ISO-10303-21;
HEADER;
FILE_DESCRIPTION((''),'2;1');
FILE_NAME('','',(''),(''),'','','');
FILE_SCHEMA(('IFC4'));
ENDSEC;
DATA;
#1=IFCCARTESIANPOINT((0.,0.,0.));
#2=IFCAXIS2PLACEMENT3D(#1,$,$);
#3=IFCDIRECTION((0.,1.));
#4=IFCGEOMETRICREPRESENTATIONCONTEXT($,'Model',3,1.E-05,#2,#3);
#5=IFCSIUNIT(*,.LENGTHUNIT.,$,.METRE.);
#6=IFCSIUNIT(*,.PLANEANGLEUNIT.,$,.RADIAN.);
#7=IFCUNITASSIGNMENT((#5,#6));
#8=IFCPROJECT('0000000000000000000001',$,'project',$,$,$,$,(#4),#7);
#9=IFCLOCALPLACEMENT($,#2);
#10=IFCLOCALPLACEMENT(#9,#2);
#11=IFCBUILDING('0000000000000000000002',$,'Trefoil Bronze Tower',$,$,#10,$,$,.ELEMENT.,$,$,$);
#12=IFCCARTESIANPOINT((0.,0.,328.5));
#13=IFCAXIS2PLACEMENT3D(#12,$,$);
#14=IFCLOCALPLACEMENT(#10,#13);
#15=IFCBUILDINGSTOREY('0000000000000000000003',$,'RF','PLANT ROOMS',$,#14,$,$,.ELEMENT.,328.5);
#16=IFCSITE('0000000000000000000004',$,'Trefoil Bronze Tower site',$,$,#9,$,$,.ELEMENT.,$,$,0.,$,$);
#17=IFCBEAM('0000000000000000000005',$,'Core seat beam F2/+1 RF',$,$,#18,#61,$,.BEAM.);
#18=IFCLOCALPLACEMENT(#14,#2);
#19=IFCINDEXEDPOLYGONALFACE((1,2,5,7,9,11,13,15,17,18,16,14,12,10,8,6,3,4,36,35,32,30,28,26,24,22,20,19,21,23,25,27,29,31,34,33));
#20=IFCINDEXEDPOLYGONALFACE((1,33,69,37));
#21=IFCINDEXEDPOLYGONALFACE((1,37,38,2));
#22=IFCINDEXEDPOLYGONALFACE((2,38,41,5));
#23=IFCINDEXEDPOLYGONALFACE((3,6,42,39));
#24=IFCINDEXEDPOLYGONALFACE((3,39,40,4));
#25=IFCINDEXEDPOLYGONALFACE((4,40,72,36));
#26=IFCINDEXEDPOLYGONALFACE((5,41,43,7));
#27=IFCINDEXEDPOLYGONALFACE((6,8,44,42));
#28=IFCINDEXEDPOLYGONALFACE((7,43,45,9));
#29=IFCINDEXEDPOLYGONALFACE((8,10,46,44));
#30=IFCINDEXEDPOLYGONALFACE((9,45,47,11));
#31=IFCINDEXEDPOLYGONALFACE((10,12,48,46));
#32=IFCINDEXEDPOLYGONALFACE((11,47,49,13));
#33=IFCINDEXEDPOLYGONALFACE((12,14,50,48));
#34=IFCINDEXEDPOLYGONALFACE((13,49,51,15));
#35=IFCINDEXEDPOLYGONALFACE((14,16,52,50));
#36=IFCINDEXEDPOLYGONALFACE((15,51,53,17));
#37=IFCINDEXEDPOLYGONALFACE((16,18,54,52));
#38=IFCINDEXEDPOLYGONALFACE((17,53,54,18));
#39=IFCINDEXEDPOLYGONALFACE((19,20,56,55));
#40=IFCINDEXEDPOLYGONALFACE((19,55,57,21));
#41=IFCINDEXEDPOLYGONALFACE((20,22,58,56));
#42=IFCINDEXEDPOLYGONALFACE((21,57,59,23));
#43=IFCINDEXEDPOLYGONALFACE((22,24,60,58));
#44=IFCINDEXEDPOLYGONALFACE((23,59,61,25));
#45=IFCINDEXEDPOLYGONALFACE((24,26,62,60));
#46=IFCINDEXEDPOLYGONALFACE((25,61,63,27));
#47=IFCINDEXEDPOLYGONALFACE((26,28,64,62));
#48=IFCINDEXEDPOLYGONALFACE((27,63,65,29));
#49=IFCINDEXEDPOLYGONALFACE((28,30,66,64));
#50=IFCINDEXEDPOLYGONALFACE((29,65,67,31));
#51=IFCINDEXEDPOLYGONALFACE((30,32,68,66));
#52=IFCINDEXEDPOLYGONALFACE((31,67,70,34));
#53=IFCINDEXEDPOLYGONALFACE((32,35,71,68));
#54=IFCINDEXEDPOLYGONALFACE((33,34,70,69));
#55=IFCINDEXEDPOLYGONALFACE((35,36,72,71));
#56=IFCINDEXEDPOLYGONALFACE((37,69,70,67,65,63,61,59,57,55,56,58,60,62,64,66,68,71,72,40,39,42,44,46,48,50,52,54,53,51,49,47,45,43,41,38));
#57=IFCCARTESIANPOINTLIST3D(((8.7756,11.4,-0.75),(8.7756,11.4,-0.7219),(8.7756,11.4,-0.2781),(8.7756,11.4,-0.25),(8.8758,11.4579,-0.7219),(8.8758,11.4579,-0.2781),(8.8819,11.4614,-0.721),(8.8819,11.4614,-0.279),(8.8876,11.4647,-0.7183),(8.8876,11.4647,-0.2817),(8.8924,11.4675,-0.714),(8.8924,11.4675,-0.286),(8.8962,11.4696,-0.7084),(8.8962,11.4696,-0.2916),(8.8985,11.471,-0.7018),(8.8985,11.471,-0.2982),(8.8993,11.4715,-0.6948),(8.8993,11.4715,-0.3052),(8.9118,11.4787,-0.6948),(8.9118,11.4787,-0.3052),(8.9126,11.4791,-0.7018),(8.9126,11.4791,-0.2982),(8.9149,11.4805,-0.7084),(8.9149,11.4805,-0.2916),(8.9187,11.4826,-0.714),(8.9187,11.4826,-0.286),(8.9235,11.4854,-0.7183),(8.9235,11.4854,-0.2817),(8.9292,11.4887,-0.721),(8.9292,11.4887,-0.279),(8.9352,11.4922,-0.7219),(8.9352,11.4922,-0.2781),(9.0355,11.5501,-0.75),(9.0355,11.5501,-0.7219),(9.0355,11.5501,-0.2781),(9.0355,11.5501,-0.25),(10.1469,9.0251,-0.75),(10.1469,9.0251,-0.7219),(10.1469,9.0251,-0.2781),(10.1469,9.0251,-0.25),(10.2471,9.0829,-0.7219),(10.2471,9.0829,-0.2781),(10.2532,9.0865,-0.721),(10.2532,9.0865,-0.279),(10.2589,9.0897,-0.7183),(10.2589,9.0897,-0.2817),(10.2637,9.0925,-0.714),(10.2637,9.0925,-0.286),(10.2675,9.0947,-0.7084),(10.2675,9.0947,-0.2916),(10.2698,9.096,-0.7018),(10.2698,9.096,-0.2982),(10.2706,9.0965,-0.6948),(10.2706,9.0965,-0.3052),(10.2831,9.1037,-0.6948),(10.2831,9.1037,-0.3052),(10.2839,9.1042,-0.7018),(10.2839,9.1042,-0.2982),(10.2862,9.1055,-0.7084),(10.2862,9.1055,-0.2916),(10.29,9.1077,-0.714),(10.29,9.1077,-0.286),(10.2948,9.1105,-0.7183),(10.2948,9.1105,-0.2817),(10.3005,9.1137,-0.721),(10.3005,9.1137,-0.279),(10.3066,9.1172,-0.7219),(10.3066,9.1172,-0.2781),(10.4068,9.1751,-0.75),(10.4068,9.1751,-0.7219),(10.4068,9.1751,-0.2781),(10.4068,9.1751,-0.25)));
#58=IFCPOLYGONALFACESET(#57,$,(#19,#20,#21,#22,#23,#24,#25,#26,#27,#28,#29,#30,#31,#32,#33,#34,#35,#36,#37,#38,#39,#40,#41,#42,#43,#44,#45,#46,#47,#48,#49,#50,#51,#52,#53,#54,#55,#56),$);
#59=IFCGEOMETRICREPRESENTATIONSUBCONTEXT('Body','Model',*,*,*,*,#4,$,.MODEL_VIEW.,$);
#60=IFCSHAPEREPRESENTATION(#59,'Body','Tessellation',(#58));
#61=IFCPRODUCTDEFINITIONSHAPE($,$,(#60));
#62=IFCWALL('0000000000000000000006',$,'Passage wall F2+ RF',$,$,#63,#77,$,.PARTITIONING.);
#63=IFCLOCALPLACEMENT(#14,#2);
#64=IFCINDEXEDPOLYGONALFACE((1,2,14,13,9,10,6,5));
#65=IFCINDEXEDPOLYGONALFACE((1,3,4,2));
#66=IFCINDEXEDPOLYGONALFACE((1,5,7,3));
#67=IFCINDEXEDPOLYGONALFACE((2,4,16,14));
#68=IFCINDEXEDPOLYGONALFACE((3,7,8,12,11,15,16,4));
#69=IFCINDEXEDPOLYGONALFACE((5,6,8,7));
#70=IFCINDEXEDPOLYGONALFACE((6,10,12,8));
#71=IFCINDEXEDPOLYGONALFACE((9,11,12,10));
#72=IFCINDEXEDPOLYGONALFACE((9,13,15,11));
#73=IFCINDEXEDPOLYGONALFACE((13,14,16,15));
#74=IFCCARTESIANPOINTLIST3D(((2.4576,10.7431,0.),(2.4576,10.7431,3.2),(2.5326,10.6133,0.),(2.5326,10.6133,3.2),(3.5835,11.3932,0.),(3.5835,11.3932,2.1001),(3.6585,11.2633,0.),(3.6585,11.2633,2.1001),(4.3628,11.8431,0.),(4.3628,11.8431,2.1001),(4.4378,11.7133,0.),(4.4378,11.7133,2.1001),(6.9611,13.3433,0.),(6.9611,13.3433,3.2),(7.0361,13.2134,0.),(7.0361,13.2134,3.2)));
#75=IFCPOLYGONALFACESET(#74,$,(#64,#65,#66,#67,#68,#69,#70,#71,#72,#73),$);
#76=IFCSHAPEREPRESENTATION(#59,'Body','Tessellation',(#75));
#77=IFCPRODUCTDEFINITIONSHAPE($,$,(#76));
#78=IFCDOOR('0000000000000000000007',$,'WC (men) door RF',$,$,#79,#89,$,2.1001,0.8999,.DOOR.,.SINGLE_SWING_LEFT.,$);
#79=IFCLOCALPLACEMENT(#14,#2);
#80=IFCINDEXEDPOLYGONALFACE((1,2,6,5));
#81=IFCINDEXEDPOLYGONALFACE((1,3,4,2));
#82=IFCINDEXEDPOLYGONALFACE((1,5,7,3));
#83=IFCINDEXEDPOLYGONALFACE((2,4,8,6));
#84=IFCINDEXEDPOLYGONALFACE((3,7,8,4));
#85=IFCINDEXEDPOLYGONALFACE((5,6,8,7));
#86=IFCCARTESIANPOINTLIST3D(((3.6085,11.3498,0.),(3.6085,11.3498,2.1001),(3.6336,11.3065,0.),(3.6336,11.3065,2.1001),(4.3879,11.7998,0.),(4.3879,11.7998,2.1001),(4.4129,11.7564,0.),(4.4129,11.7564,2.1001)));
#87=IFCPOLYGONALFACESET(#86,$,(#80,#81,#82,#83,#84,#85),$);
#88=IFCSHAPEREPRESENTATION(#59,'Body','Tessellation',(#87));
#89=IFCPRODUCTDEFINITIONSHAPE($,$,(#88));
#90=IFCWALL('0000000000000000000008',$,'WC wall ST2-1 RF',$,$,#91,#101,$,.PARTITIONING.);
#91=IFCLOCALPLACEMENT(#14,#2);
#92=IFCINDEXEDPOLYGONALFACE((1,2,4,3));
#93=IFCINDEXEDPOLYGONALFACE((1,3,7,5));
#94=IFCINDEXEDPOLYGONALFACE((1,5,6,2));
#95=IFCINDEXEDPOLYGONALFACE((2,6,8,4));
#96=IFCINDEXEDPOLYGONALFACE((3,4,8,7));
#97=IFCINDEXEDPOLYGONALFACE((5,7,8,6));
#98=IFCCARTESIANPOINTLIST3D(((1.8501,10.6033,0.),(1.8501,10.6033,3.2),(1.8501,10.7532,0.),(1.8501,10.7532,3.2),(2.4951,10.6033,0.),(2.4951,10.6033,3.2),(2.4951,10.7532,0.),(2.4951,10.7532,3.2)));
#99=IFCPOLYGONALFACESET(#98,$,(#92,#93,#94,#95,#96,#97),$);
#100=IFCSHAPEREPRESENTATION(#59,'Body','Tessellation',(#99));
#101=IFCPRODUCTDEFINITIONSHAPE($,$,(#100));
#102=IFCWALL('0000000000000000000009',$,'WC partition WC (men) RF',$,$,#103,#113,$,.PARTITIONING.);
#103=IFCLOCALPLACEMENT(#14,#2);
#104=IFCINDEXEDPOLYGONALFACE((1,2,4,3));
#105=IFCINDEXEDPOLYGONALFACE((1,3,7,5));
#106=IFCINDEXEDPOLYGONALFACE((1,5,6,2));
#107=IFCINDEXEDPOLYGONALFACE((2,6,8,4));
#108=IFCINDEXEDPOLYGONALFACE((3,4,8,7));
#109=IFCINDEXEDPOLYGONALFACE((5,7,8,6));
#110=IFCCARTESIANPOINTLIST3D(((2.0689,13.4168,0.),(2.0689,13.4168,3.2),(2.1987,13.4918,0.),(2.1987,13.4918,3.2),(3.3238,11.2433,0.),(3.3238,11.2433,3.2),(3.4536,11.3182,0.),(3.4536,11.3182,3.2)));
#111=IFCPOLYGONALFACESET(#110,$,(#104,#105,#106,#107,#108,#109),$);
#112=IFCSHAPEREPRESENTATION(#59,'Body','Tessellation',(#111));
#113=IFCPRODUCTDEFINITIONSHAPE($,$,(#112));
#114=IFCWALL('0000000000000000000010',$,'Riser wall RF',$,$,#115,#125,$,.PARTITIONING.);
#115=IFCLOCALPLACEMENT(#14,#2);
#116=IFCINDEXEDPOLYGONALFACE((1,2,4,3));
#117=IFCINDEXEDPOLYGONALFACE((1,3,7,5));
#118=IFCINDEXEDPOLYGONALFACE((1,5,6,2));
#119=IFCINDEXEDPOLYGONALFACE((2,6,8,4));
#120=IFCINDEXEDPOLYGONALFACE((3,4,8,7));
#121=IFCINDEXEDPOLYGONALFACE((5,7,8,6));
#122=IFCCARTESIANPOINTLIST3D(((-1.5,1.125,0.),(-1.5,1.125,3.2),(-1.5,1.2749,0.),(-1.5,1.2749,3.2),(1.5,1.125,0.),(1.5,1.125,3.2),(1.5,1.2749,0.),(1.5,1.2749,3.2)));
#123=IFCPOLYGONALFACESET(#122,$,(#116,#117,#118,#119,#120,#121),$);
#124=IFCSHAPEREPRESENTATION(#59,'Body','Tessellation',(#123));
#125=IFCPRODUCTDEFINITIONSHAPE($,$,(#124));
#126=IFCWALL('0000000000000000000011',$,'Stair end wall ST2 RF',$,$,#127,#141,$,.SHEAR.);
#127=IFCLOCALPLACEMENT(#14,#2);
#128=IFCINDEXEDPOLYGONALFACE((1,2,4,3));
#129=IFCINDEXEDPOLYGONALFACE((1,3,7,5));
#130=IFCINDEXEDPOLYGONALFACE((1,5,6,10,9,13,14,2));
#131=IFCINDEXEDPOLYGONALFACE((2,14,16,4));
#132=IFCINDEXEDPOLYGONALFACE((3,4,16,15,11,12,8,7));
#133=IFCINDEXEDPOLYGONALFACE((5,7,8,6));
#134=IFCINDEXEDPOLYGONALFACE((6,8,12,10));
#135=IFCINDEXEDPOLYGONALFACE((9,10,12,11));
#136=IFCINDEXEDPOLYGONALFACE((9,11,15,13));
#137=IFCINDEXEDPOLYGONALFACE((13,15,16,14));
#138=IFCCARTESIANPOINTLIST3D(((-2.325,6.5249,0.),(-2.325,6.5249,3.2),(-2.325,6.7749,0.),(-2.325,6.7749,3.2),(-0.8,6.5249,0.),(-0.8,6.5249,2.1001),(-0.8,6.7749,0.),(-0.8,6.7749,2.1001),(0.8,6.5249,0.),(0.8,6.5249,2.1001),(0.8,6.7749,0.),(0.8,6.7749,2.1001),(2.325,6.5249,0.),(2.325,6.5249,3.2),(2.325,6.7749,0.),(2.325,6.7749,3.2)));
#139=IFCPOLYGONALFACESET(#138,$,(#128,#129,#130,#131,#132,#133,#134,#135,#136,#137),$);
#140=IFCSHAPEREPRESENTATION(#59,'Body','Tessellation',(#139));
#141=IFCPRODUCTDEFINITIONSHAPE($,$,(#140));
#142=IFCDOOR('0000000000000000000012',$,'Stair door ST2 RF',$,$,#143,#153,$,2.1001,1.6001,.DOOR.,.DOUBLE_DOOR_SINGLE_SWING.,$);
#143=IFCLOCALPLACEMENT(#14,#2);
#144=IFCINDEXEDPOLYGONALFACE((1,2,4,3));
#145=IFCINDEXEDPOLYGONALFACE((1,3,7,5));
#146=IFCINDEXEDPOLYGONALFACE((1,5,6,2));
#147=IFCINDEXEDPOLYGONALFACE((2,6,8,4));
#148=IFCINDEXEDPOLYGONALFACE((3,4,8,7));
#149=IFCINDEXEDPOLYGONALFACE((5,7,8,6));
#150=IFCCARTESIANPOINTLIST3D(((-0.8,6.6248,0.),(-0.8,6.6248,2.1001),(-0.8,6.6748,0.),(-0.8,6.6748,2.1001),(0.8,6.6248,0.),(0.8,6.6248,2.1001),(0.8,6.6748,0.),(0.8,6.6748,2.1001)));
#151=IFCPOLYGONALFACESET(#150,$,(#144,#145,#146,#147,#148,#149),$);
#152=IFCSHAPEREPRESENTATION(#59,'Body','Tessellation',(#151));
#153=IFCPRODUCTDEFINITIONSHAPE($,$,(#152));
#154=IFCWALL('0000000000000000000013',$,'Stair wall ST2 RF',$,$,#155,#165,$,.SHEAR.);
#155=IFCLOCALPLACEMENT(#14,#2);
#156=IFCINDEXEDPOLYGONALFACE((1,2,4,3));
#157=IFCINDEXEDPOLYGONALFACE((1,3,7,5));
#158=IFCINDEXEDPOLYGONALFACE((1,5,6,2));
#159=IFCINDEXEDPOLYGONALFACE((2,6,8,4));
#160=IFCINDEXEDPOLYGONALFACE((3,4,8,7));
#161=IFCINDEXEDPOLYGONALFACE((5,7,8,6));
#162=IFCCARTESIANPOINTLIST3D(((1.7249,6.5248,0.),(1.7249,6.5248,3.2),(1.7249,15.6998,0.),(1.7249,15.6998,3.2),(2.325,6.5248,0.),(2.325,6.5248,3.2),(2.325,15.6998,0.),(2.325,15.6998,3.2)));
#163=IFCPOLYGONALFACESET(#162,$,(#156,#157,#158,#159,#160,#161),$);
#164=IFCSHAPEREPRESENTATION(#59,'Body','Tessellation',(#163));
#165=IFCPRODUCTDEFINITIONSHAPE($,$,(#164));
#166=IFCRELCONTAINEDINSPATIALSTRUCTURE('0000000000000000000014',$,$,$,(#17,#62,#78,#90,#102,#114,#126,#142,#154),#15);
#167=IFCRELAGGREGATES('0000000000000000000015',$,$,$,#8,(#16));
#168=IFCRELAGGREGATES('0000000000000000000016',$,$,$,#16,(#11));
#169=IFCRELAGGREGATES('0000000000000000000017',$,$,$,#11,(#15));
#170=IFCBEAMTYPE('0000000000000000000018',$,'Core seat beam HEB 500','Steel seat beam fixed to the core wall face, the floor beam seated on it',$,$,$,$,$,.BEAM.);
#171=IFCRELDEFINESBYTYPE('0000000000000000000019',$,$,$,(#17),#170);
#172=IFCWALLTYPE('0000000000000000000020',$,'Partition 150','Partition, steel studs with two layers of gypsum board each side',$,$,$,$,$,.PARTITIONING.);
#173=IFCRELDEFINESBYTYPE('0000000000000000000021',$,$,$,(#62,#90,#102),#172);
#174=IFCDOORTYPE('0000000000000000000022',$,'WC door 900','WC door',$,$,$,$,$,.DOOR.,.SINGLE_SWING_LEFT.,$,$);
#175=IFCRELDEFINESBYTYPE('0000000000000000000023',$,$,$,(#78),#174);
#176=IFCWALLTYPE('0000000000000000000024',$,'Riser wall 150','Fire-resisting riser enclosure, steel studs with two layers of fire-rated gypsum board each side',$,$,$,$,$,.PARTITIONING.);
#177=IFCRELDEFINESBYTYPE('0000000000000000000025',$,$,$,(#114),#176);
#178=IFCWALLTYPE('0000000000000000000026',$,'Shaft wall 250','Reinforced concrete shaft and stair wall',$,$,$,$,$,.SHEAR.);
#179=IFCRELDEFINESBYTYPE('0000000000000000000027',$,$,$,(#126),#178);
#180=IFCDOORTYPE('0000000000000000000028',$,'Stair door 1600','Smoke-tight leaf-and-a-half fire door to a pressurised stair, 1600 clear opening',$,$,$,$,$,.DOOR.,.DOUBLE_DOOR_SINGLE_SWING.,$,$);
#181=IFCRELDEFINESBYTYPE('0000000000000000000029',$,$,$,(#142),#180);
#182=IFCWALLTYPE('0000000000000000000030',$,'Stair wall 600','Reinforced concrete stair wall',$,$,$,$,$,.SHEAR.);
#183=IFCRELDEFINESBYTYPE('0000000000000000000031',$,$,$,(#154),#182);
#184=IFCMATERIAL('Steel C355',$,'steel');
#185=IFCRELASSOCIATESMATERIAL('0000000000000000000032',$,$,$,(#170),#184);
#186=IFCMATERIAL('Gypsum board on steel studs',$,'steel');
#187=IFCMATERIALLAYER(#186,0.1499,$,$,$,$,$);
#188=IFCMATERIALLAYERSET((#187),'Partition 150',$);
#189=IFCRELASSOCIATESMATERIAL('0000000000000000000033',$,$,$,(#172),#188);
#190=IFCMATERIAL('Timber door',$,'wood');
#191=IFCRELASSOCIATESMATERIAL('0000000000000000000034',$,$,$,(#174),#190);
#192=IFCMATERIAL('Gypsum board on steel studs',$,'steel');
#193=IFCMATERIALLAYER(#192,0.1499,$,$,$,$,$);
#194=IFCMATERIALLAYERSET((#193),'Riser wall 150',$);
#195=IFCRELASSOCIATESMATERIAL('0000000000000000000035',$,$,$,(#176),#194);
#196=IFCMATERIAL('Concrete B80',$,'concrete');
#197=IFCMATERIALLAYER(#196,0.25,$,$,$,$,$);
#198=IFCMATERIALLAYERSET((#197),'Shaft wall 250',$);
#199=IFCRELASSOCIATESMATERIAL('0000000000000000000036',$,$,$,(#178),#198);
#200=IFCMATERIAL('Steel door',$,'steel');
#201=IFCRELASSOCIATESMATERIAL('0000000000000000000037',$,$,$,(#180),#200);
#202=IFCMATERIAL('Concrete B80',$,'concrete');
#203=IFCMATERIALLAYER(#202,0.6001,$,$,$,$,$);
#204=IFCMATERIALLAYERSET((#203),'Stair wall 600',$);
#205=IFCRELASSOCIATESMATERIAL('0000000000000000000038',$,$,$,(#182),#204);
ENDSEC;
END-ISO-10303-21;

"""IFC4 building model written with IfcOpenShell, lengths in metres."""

from ifc_helpers import new_model, si_unit, direction, frame, frame_2d, origin, origin_2d, place, context, subcontext, project, spatial, rectangle, i_section, extrude, material, layer, layer_set, material_profile, profile_set, type_object, element, fill, save


model = new_model("IFC4")

# Units and contexts
model_context = context("Model", 3, precision=1e-05, world=origin(), true_north=direction((0.0, 1.0)))
body_context = subcontext(model_context, "Body", "Model", "MODEL_VIEW")
ifc_project = project(units=[si_unit("LENGTHUNIT", "METRE"), si_unit("PLANEANGLEUNIT", "RADIAN")], contexts=[model_context])

# Site, building, storey
site_placement = place(None, origin())
site = spatial("IfcSite", under=ifc_project, at=site_placement, Name="Trefoil Bronze Tower site", CompositionType="ELEMENT", RefElevation=0.0)
building_placement = place(site_placement, origin())
building = spatial("IfcBuilding", under=site, at=building_placement, Name="Trefoil Bronze Tower", CompositionType="ELEMENT")
storey_placement = place(building_placement, frame((0.0, 0.0, 328.5)))
storey = spatial("IfcBuildingStorey", under=building, at=storey_placement, Name="RF", Description="PLANT ROOMS", CompositionType="ELEMENT", Elevation=328.5)

# Beam
ifc_material_1 = material(Name="Steel C355", Category="steel")
ifc_material_profile = material_profile(ifc_material_1, i_section(OverallWidth=0.3, OverallDepth=0.5, WebThickness=0.0144, FlangeThickness=0.0281, FilletRadius=0.0271, at=origin_2d()), Name="HEB 500")
ifc_profile_set = profile_set([ifc_material_profile], Name="Steel C355")
beam_type = type_object("IfcBeamType", Name="Core seat beam HEB 500", Description="Steel seat beam fixed to the core wall face, the floor beam seated on it", PredefinedType="BEAM", material=ifc_profile_set)
beam_placement = place(storey_placement, frame((10.2769, 9.1001, -0.5), z_axis=(-0.500036, 0.866005, 0.0), x_axis=(-0.866005, -0.500036, 0.0)))
element("IfcBeam", 1, at=beam_placement, inside=storey, type_object=beam_type, Name="Core seat beam F2/+1 RF", PredefinedType="BEAM", context=body_context, shape_type="SweptSolid", body=[
    extrude(i_section(OverallWidth=0.3, OverallDepth=0.5, WebThickness=0.0144, FlangeThickness=0.0281, FilletRadius=0.0271, at=origin_2d()), origin(), (0.0, 0.0, 1.0), 2.7424),
])

# Wall, opening, door
ifc_material_2 = material(Name="Gypsum board on steel studs", Category="steel")
ifc_layer_1 = layer(ifc_material_2, 0.1499)
ifc_layer_set_1 = layer_set([ifc_layer_1], Name="Partition 150")
wall_type_1 = type_object("IfcWallType", Name="Partition 150", Description="Partition, steel studs with two layers of gypsum board each side", PredefinedType="PARTITIONING", material=ifc_layer_set_1)
wall_1_placement = place(storey_placement, frame((2.4951, 10.6782, 0.0), z_axis=(0.0, 0.0, 1.0), x_axis=(0.866021, 0.500007, 0.0)))
wall_1 = element("IfcWall", 2, at=wall_1_placement, inside=storey, type_object=wall_type_1, Name="Passage wall F2+ RF", PredefinedType="PARTITIONING", context=body_context, shape_type="SweptSolid", body=[
    extrude(rectangle(XDim=5.2002, YDim=0.1499, at=frame_2d((2.6001, 0.0))), origin(), (0.0, 0.0, 1.0), 3.2),
])
opening_1_placement = place(wall_1_placement, frame((1.3, 0.0, 0.0)))
opening_1 = element("IfcOpeningElement", 3, at=opening_1_placement, cuts=wall_1, PredefinedType="OPENING", context=body_context, shape_type="SweptSolid", body=[
    extrude(rectangle(XDim=0.8999, YDim=2.1001, at=frame_2d((0.45, 1.05))), frame((0.0, 0.085, 0.0), z_axis=(0.0, -1.0, 0.0), x_axis=(1.0, 0.0, 0.0)), (0.0, 0.0, 1.0), 0.1699),
])
ifc_material_3 = material(Name="Timber door", Category="wood")
door_type_1 = type_object("IfcDoorType", Name="WC door 900", Description="WC door", OperationType="SINGLE_SWING_LEFT", PredefinedType="DOOR", material=ifc_material_3)
door_1_placement = place(opening_1_placement, origin())
door_1 = element("IfcDoor", 4, at=door_1_placement, inside=storey, type_object=door_type_1, Name="WC (men) door RF", OperationType="SINGLE_SWING_LEFT", OverallHeight=2.1001, OverallWidth=0.8999, PredefinedType="DOOR", context=body_context, shape_type="SweptSolid", body=[
    extrude(rectangle(XDim=0.8999, YDim=2.1001, at=frame_2d((0.45, 1.05))), frame((0.0, 0.0249, 0.0), z_axis=(0.0, -1.0, 0.0), x_axis=(1.0, 0.0, 0.0)), (0.0, 0.0, 1.0), 0.05),
])
fill(opening_1, door_1)

# Walls
wall_2_placement = place(storey_placement, frame((2.4951, 10.6782, 0.0), z_axis=(0.0, 0.0, 1.0), x_axis=(-1.0, 0.0, 0.0)))
element("IfcWall", 5, at=wall_2_placement, inside=storey, type_object=wall_type_1, Name="WC wall ST2-1 RF", PredefinedType="PARTITIONING", context=body_context, shape_type="SweptSolid", body=[
    extrude(rectangle(XDim=0.645, YDim=0.1499, at=frame_2d((0.3225, 0.0))), origin(), (0.0, 0.0, 1.0), 3.2),
])
wall_3_placement = place(storey_placement, frame((3.3887, 11.2808, 0.0), z_axis=(0.0, 0.0, 1.0), x_axis=(-0.499989, 0.866032, 0.0)))
element("IfcWall", 6, at=wall_3_placement, inside=storey, type_object=wall_type_1, Name="WC partition WC (men) RF", PredefinedType="PARTITIONING", context=body_context, shape_type="SweptSolid", body=[
    extrude(rectangle(XDim=2.5098, YDim=0.1499, at=frame_2d((1.2549, 0.0))), origin(), (0.0, 0.0, 1.0), 3.2),
])
ifc_material_4 = material(Name="Gypsum board on steel studs", Category="steel")
ifc_layer_2 = layer(ifc_material_4, 0.1499)
ifc_layer_set_2 = layer_set([ifc_layer_2], Name="Riser wall 150")
wall_type_2 = type_object("IfcWallType", Name="Riser wall 150", Description="Fire-resisting riser enclosure, steel studs with two layers of fire-rated gypsum board each side", PredefinedType="PARTITIONING", material=ifc_layer_set_2)
wall_4_placement = place(storey_placement, frame((1.5, 1.2, 0.0), z_axis=(0.0, 0.0, 1.0), x_axis=(-1.0, 0.0, 0.0)))
element("IfcWall", 7, at=wall_4_placement, inside=storey, type_object=wall_type_2, Name="Riser wall RF", PredefinedType="PARTITIONING", context=body_context, shape_type="SweptSolid", body=[
    extrude(rectangle(XDim=3.0, YDim=0.1499, at=frame_2d((1.5, 0.0))), origin(), (0.0, 0.0, 1.0), 3.2),
])

# Wall, opening, door
ifc_material_5 = material(Name="Concrete B80", Category="concrete")
ifc_layer_3 = layer(ifc_material_5, 0.25)
ifc_layer_set_3 = layer_set([ifc_layer_3], Name="Shaft wall 250")
wall_type_3 = type_object("IfcWallType", Name="Shaft wall 250", Description="Reinforced concrete shaft and stair wall", PredefinedType="SHEAR", material=ifc_layer_set_3)
wall_5_placement = place(storey_placement, frame((2.325, 6.6499, 0.0), z_axis=(0.0, 0.0, 1.0), x_axis=(-1.0, 0.0, 0.0)))
wall_5 = element("IfcWall", 8, at=wall_5_placement, inside=storey, type_object=wall_type_3, Name="Stair end wall ST2 RF", PredefinedType="SHEAR", context=body_context, shape_type="SweptSolid", body=[
    extrude(rectangle(XDim=4.6499, YDim=0.25, at=frame_2d((2.325, 0.0))), origin(), (0.0, 0.0, 1.0), 3.2),
])
opening_2_placement = place(wall_5_placement, frame((1.5249, 0.0, 0.0)))
opening_2 = element("IfcOpeningElement", 9, at=opening_2_placement, cuts=wall_5, PredefinedType="OPENING", context=body_context, shape_type="SweptSolid", body=[
    extrude(rectangle(XDim=1.6001, YDim=2.1001, at=frame_2d((0.8, 1.05))), frame((0.0, 0.135, 0.0), z_axis=(0.0, -1.0, 0.0), x_axis=(1.0, 0.0, 0.0)), (0.0, 0.0, 1.0), 0.27),
])
ifc_material_6 = material(Name="Steel door", Category="steel")
door_type_2 = type_object("IfcDoorType", Name="Stair door 1600", Description="Smoke-tight leaf-and-a-half fire door to a pressurised stair, 1600 clear opening", OperationType="DOUBLE_DOOR_SINGLE_SWING", PredefinedType="DOOR", material=ifc_material_6)
door_2_placement = place(opening_2_placement, frame((1.6001, 0.0, 0.0), z_axis=(0.0, 0.0, 1.0), x_axis=(-1.0, 0.0, 0.0)))
door_2 = element("IfcDoor", 10, at=door_2_placement, inside=storey, type_object=door_type_2, Name="Stair door ST2 RF", OperationType="DOUBLE_DOOR_SINGLE_SWING", OverallHeight=2.1001, OverallWidth=1.6001, PredefinedType="DOOR", context=body_context, shape_type="SweptSolid", body=[
    extrude(rectangle(XDim=1.6001, YDim=2.1001, at=frame_2d((0.8, 1.05))), frame((0.0, 0.0249, 0.0), z_axis=(0.0, -1.0, 0.0), x_axis=(1.0, 0.0, 0.0)), (0.0, 0.0, 1.0), 0.05),
])
fill(opening_2, door_2)

# Wall
ifc_material_7 = material(Name="Concrete B80", Category="concrete")
ifc_layer_4 = layer(ifc_material_7, 0.6001)
ifc_layer_set_4 = layer_set([ifc_layer_4], Name="Stair wall 600")
wall_type_4 = type_object("IfcWallType", Name="Stair wall 600", Description="Reinforced concrete stair wall", PredefinedType="SHEAR", material=ifc_layer_set_4)
wall_6_placement = place(storey_placement, frame((2.0249, 6.5249, 0.0), z_axis=(0.0, 0.0, 1.0), x_axis=(0.0, 1.0, 0.0)))
element("IfcWall", 11, at=wall_6_placement, inside=storey, type_object=wall_type_4, Name="Stair wall ST2 RF", PredefinedType="SHEAR", context=body_context, shape_type="SweptSolid", body=[
    extrude(rectangle(XDim=9.175, YDim=0.6001, at=frame_2d((4.5874, 0.0))), origin(), (0.0, 0.0, 1.0), 3.2),
])

save(model, "model.ifc")
